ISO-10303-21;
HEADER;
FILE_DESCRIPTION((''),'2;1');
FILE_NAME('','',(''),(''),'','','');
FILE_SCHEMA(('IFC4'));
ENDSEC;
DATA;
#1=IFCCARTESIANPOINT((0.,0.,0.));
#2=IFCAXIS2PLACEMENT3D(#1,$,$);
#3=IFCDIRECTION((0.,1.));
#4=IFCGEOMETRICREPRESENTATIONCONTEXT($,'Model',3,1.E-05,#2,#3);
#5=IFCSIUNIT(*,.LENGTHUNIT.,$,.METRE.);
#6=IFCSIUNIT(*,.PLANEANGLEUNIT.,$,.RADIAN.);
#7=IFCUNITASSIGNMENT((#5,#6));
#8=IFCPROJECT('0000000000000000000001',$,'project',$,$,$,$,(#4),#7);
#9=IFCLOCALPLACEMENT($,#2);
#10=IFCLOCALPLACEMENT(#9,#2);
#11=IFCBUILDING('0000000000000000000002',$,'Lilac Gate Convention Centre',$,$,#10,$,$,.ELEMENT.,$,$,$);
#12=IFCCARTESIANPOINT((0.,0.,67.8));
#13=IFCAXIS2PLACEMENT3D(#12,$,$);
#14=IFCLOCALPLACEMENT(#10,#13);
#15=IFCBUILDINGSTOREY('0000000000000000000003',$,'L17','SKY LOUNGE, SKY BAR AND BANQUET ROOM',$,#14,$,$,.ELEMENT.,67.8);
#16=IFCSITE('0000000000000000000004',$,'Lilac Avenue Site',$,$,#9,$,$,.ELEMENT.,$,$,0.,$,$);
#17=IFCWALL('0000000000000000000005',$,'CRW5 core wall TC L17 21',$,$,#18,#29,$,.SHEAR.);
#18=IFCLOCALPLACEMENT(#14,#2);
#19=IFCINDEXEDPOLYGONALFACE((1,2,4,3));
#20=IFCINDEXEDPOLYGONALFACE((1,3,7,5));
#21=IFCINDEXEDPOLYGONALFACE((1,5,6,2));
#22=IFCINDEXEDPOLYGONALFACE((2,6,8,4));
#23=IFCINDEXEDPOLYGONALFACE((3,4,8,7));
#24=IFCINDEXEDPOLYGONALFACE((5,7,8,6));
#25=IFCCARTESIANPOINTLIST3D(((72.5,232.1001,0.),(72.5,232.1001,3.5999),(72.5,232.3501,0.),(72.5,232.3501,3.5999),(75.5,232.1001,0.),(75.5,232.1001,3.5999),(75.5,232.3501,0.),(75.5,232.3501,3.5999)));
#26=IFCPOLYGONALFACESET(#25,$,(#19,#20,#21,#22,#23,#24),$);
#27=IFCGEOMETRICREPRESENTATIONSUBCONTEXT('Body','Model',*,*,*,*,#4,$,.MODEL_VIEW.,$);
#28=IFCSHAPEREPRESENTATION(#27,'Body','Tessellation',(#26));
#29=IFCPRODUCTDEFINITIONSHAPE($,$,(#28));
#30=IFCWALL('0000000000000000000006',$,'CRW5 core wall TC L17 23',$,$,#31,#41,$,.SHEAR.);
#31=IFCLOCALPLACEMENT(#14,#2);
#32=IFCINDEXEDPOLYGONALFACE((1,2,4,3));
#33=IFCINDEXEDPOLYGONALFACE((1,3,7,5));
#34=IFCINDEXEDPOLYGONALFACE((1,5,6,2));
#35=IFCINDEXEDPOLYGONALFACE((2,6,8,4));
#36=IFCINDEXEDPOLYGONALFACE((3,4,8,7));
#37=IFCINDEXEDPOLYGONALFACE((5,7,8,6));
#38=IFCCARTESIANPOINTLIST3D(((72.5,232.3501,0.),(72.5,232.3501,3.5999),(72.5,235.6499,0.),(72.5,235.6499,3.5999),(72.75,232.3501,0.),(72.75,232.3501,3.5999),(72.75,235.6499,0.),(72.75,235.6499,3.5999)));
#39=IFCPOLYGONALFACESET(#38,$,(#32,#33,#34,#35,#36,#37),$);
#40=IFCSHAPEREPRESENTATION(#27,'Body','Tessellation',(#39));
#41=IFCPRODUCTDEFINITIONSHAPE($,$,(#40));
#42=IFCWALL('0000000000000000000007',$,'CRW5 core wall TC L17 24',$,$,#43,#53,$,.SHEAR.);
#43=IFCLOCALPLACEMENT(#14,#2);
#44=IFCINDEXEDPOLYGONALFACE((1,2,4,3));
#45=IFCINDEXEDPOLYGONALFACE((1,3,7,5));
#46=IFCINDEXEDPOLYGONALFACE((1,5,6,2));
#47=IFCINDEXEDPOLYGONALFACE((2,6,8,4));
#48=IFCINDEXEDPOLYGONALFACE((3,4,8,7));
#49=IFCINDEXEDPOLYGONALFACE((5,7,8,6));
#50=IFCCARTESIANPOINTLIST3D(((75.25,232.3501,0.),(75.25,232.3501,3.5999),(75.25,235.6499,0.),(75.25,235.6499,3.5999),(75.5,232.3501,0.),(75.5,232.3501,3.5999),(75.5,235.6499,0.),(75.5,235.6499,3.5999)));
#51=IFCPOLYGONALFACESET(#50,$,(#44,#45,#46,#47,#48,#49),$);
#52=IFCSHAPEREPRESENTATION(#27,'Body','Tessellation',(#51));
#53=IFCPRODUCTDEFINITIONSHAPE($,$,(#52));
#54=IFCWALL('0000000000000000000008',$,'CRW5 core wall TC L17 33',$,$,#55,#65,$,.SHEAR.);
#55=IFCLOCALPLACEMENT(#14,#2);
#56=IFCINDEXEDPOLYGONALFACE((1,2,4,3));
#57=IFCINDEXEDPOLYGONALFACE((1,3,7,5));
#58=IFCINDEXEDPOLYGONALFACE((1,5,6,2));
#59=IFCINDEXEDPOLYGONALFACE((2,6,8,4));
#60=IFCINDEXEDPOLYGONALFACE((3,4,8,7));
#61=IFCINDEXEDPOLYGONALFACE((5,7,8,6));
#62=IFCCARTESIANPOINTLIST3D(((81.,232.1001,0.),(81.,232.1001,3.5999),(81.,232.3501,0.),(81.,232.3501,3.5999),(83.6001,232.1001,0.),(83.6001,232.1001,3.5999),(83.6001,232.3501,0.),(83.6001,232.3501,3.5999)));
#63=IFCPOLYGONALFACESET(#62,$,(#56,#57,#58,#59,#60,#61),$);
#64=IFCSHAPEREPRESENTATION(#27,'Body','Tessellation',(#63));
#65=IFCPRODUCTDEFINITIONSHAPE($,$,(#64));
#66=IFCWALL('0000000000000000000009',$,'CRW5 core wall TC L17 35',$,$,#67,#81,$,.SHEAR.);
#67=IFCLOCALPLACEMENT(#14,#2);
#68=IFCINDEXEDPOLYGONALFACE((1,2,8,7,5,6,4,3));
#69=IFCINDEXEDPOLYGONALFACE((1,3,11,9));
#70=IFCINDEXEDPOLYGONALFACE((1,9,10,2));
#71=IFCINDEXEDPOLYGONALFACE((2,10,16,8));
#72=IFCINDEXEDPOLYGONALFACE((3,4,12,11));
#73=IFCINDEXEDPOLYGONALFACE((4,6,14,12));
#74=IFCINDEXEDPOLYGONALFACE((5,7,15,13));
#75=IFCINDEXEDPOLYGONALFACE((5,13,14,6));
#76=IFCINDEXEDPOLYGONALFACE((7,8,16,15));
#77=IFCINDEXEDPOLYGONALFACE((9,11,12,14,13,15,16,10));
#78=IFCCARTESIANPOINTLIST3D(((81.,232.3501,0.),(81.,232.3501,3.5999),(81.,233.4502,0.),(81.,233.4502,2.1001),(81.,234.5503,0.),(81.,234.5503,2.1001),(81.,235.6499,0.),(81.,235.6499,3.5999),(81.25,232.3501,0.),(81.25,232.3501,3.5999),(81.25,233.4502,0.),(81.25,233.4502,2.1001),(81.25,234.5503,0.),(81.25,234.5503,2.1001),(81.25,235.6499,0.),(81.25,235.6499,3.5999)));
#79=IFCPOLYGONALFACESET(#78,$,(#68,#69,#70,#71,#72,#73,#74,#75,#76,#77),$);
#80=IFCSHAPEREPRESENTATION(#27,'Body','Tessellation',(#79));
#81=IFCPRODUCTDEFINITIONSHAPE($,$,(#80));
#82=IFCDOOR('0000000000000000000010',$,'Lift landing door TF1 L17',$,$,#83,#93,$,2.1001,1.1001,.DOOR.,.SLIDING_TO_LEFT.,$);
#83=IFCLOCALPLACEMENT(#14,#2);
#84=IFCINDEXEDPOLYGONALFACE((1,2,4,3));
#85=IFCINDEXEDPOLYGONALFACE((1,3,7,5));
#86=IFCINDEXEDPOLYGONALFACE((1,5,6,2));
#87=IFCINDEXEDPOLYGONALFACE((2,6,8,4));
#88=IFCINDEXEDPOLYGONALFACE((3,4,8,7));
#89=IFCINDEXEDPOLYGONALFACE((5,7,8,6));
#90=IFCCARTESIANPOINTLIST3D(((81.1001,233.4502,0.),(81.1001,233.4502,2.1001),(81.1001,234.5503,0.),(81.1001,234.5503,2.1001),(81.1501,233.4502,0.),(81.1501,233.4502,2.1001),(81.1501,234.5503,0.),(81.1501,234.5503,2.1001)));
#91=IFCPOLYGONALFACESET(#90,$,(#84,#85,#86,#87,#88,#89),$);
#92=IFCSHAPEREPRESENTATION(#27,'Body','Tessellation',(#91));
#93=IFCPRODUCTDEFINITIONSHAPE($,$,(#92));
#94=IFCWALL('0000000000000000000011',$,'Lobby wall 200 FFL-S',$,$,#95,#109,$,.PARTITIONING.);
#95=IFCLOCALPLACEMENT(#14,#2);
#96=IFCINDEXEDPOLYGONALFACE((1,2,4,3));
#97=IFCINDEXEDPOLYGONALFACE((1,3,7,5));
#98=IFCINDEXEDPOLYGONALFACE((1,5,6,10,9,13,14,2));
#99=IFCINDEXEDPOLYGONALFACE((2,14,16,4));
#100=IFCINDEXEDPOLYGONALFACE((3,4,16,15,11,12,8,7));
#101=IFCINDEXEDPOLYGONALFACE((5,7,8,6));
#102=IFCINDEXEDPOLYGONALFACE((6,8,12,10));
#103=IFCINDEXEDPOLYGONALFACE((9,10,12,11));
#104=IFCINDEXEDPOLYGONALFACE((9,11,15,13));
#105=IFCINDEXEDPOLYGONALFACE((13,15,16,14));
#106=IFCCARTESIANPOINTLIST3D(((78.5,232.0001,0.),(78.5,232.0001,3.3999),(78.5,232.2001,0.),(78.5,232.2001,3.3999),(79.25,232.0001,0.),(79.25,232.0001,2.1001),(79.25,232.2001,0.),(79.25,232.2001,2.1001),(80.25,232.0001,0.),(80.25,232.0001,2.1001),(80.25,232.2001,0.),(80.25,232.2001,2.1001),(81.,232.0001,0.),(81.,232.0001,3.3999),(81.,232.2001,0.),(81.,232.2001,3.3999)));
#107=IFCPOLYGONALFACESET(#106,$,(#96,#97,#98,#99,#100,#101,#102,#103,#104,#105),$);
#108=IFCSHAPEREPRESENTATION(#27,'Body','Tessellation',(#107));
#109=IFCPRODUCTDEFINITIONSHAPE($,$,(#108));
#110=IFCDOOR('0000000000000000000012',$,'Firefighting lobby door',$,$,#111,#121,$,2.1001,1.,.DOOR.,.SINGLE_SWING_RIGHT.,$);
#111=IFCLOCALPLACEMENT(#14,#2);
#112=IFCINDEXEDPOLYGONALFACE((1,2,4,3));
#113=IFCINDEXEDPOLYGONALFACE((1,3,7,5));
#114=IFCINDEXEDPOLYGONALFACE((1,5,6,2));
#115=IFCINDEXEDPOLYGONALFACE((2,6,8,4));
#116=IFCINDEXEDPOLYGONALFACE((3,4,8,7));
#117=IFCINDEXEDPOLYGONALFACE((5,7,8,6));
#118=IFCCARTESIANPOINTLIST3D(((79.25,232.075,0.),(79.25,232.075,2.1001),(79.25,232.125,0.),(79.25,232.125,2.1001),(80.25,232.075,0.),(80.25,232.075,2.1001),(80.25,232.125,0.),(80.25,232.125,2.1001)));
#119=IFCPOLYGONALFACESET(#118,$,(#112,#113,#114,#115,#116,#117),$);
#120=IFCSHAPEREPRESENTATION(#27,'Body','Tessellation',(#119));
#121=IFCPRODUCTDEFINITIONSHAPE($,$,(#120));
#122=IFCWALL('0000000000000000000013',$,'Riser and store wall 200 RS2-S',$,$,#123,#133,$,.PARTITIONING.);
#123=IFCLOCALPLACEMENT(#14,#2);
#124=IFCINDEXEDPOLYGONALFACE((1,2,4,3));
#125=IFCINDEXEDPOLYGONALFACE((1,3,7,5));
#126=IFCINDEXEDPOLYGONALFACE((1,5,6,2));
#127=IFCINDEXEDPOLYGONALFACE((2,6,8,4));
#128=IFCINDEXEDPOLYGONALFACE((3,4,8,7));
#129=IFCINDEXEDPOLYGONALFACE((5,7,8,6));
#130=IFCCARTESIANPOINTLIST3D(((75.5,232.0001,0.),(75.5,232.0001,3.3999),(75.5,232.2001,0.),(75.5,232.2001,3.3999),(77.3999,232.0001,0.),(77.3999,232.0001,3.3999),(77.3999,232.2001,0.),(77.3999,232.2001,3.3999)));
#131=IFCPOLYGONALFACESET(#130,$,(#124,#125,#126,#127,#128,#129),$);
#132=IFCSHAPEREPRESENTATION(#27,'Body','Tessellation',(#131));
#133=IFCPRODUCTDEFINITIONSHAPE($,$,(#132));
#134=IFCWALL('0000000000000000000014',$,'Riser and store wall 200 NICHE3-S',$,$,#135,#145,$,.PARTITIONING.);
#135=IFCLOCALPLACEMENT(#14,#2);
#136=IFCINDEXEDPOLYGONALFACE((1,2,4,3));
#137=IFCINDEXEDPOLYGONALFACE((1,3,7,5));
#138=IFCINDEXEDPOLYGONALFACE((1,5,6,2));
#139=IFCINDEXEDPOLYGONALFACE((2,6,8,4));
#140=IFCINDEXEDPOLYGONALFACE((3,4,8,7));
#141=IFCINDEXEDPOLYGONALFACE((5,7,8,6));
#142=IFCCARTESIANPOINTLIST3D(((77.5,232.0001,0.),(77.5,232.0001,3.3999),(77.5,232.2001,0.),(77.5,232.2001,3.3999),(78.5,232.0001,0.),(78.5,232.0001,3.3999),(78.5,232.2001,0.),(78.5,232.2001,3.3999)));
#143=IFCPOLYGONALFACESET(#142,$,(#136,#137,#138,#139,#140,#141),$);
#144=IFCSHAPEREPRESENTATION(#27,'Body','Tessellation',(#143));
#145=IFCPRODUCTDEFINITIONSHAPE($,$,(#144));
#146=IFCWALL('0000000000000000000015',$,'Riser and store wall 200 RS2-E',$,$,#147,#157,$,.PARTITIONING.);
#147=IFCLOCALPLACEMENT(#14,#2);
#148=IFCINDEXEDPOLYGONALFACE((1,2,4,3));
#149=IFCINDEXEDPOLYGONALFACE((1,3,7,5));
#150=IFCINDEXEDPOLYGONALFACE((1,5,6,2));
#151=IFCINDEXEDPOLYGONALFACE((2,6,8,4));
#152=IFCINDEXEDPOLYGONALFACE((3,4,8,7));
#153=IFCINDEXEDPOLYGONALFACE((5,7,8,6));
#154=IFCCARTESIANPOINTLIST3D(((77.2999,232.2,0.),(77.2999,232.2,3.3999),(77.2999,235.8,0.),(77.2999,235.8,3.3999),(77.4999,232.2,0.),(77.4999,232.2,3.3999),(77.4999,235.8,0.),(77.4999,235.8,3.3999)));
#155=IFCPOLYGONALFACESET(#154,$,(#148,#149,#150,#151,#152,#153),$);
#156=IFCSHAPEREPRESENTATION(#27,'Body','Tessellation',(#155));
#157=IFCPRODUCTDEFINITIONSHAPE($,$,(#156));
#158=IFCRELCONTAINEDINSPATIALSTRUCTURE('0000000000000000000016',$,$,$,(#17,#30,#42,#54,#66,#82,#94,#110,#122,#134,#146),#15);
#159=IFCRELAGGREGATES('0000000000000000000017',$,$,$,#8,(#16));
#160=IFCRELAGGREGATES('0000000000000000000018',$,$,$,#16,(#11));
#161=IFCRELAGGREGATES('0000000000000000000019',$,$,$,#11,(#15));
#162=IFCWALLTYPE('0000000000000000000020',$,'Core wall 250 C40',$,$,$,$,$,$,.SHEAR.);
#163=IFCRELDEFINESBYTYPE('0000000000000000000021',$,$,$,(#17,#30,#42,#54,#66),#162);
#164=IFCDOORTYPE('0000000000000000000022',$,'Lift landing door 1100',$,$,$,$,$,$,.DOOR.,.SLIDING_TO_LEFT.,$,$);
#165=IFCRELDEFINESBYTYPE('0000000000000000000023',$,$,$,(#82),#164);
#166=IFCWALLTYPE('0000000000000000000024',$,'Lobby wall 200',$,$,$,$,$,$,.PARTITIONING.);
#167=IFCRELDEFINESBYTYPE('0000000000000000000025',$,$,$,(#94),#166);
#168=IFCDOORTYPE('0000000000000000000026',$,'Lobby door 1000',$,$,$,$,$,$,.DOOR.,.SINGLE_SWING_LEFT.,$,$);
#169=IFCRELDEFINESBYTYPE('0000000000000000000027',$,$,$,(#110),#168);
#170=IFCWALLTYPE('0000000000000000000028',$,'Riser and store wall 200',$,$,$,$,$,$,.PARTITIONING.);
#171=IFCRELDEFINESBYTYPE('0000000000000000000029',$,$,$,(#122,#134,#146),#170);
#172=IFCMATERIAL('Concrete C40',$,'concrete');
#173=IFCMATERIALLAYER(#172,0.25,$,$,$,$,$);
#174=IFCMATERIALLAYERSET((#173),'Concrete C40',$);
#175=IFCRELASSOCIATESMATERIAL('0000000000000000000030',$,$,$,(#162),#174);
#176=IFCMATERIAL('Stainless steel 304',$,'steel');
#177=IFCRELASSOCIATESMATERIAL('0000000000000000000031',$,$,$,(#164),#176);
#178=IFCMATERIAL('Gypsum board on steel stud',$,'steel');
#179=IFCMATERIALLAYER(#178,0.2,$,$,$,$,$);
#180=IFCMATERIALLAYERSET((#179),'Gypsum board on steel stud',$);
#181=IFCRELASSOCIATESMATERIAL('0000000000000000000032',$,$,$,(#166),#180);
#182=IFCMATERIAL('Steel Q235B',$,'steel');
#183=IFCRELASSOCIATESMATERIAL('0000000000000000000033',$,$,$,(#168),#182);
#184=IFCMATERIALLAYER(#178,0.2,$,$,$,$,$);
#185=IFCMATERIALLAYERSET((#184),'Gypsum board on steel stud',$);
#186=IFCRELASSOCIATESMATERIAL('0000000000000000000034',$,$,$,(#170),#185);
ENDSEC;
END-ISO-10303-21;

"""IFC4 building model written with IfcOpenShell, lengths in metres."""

from ifc_helpers import new_model, si_unit, direction, frame, frame_2d, origin, place, context, subcontext, project, spatial, rectangle, extrude, material, layer, layer_set, type_object, element, fill, save


model = new_model("IFC4")

# Units and contexts
model_context = context("Model", 3, precision=1e-05, world=origin(), true_north=direction((0.0, 1.0)))
body_context = subcontext(model_context, "Body", "Model", "MODEL_VIEW")
ifc_project = project(units=[si_unit("LENGTHUNIT", "METRE"), si_unit("PLANEANGLEUNIT", "RADIAN")], contexts=[model_context])

# Site, building, storey
site_placement = place(None, origin())
site = spatial("IfcSite", under=ifc_project, at=site_placement, Name="Lilac Avenue Site", CompositionType="ELEMENT", RefElevation=0.0)
building_placement = place(site_placement, origin())
building = spatial("IfcBuilding", under=site, at=building_placement, Name="Lilac Gate Convention Centre", CompositionType="ELEMENT")
storey_placement = place(building_placement, frame((0.0, 0.0, 67.8)))
storey = spatial("IfcBuildingStorey", under=building, at=storey_placement, Name="L17", Description="SKY LOUNGE, SKY BAR AND BANQUET ROOM", CompositionType="ELEMENT", Elevation=67.8)

# Shared definitions
ifc_material_1 = material(Name="Concrete C40", Category="concrete")

# Walls
ifc_layer_1 = layer(ifc_material_1, 0.25)
ifc_layer_set_1 = layer_set([ifc_layer_1], Name="Concrete C40")
wall_type_1 = type_object("IfcWallType", Name="Core wall 250 C40", PredefinedType="SHEAR", material=ifc_layer_set_1)
wall_1_placement = place(storey_placement, frame((72.5, 232.2251, 0.0), z_axis=(0.0, 0.0, 1.0), x_axis=(1.0, 0.0, 0.0)))
element("IfcWall", 1, at=wall_1_placement, inside=storey, type_object=wall_type_1, Name="CRW5 core wall TC L17 21", PredefinedType="SHEAR", context=body_context, shape_type="SweptSolid", body=[
    extrude(rectangle(XDim=3.0, YDim=0.25, at=frame_2d((1.5, 0.0))), origin(), (0.0, 0.0, 1.0), 3.5999),
])
for number, where, z_axis, x_axis, name in (
    (2, (72.625, 232.3501, 0.0), (0.0, 0.0, 1.0), (0.0, 1.0, 0.0), "CRW5 core wall TC L17 23"),
    (3, (75.375, 232.3501, 0.0), (0.0, 0.0, 1.0), (0.0, 1.0, 0.0), "CRW5 core wall TC L17 24"),
):
    element("IfcWall", number, at=place(storey_placement, frame(where, z_axis=z_axis, x_axis=x_axis)), inside=storey, type_object=wall_type_1, Name=name, PredefinedType="SHEAR", context=body_context, shape_type="SweptSolid", body=[
        extrude(rectangle(XDim=3.2998, YDim=0.25, at=frame_2d((1.6499, 0.0))), origin(), (0.0, 0.0, 1.0), 3.5999),
    ])
wall_2_placement = place(storey_placement, frame((81.0, 232.2251, 0.0), z_axis=(0.0, 0.0, 1.0), x_axis=(1.0, 0.0, 0.0)))
element("IfcWall", 4, at=wall_2_placement, inside=storey, type_object=wall_type_1, Name="CRW5 core wall TC L17 33", PredefinedType="SHEAR", context=body_context, shape_type="SweptSolid", body=[
    extrude(rectangle(XDim=2.6001, YDim=0.25, at=frame_2d((1.3, 0.0))), origin(), (0.0, 0.0, 1.0), 3.5999),
])

# Walls, openings, doors
wall_3_placement = place(storey_placement, frame((81.125, 232.3501, 0.0), z_axis=(0.0, 0.0, 1.0), x_axis=(0.0, 1.0, 0.0)))
wall_3 = element("IfcWall", 5, at=wall_3_placement, inside=storey, type_object=wall_type_1, Name="CRW5 core wall TC L17 35", PredefinedType="SHEAR", context=body_context, shape_type="SweptSolid", body=[
    extrude(rectangle(XDim=3.2998, YDim=0.25, at=frame_2d((1.6499, 0.0))), origin(), (0.0, 0.0, 1.0), 3.5999),
])
opening_1_placement = place(wall_3_placement, frame((1.1001, 0.0, 0.0)))
opening_1 = element("IfcOpeningElement", 6, at=opening_1_placement, cuts=wall_3, PredefinedType="OPENING", context=body_context, shape_type="SweptSolid", body=[
    extrude(rectangle(XDim=1.1001, YDim=2.1001, at=frame_2d((0.55, 1.05))), frame((0.0, 0.135, 0.0), z_axis=(0.0, -1.0, 0.0), x_axis=(1.0, 0.0, 0.0)), (0.0, 0.0, 1.0), 0.27),
])
ifc_material_2 = material(Name="Stainless steel 304", Category="steel")
door_type_1 = type_object("IfcDoorType", Name="Lift landing door 1100", OperationType="SLIDING_TO_LEFT", PredefinedType="DOOR", material=ifc_material_2)
door_1_placement = place(opening_1_placement, origin())
door_1 = element("IfcDoor", 7, at=door_1_placement, inside=storey, type_object=door_type_1, Name="Lift landing door TF1 L17", OperationType="SLIDING_TO_LEFT", OverallHeight=2.1001, OverallWidth=1.1001, PredefinedType="DOOR", context=body_context, shape_type="SweptSolid", body=[
    extrude(rectangle(XDim=1.1001, YDim=2.1001, at=frame_2d((0.55, 1.05))), frame((0.0, 0.0249, 0.0), z_axis=(0.0, -1.0, 0.0), x_axis=(1.0, 0.0, 0.0)), (0.0, 0.0, 1.0), 0.05),
])
fill(opening_1, door_1)
ifc_material_3 = material(Name="Gypsum board on steel stud", Category="steel")
ifc_layer_2 = layer(ifc_material_3, 0.2)
ifc_layer_set_2 = layer_set([ifc_layer_2], Name="Gypsum board on steel stud")
wall_type_2 = type_object("IfcWallType", Name="Lobby wall 200", PredefinedType="PARTITIONING", material=ifc_layer_set_2)
wall_4_placement = place(storey_placement, frame((78.5, 232.1001, 0.0), z_axis=(0.0, 0.0, 1.0), x_axis=(1.0, 0.0, 0.0)))
wall_4 = element("IfcWall", 8, at=wall_4_placement, inside=storey, type_object=wall_type_2, Name="Lobby wall 200 FFL-S", PredefinedType="PARTITIONING", context=body_context, shape_type="SweptSolid", body=[
    extrude(rectangle(XDim=2.5, YDim=0.2, at=frame_2d((1.25, 0.0))), origin(), (0.0, 0.0, 1.0), 3.3999),
])
opening_2_placement = place(wall_4_placement, frame((0.75, 0.0, 0.0)))
opening_2 = element("IfcOpeningElement", 9, at=opening_2_placement, cuts=wall_4, PredefinedType="OPENING", context=body_context, shape_type="SweptSolid", body=[
    extrude(rectangle(XDim=1.0, YDim=2.1001, at=frame_2d((0.5, 1.05))), frame((0.0, 0.1099, 0.0), z_axis=(0.0, -1.0, 0.0), x_axis=(1.0, 0.0, 0.0)), (0.0, 0.0, 1.0), 0.22),
])
ifc_material_4 = material(Name="Steel Q235B", Category="steel")
door_type_2 = type_object("IfcDoorType", Name="Lobby door 1000", OperationType="SINGLE_SWING_LEFT", PredefinedType="DOOR", material=ifc_material_4)
door_2_placement = place(opening_2_placement, origin())
door_2 = element("IfcDoor", 10, at=door_2_placement, inside=storey, type_object=door_type_2, Name="Firefighting lobby door", OperationType="SINGLE_SWING_RIGHT", OverallHeight=2.1001, OverallWidth=1.0, PredefinedType="DOOR", context=body_context, shape_type="SweptSolid", body=[
    extrude(rectangle(XDim=1.0, YDim=2.1001, at=frame_2d((0.5, 1.05))), frame((0.0, 0.0249, 0.0), z_axis=(0.0, -1.0, 0.0), x_axis=(1.0, 0.0, 0.0)), (0.0, 0.0, 1.0), 0.05),
])
fill(opening_2, door_2)

# Walls
ifc_layer_3 = layer(ifc_material_3, 0.2)
ifc_layer_set_3 = layer_set([ifc_layer_3], Name="Gypsum board on steel stud")
wall_type_3 = type_object("IfcWallType", Name="Riser and store wall 200", PredefinedType="PARTITIONING", material=ifc_layer_set_3)
wall_5_placement = place(storey_placement, frame((75.5, 232.1001, 0.0), z_axis=(0.0, 0.0, 1.0), x_axis=(1.0, 0.0, 0.0)))
element("IfcWall", 11, at=wall_5_placement, inside=storey, type_object=wall_type_3, Name="Riser and store wall 200 RS2-S", PredefinedType="PARTITIONING", context=body_context, shape_type="SweptSolid", body=[
    extrude(rectangle(XDim=1.8999, YDim=0.2, at=frame_2d((0.95, 0.0))), origin(), (0.0, 0.0, 1.0), 3.3999),
])
wall_6_placement = place(storey_placement, frame((77.5, 232.1001, 0.0), z_axis=(0.0, 0.0, 1.0), x_axis=(1.0, 0.0, 0.0)))
element("IfcWall", 12, at=wall_6_placement, inside=storey, type_object=wall_type_3, Name="Riser and store wall 200 NICHE3-S", PredefinedType="PARTITIONING", context=body_context, shape_type="SweptSolid", body=[
    extrude(rectangle(XDim=1.0, YDim=0.2, at=frame_2d((0.5, 0.0))), origin(), (0.0, 0.0, 1.0), 3.3999),
])
wall_7_placement = place(storey_placement, frame((77.3999, 232.2, 0.0), z_axis=(0.0, 0.0, 1.0), x_axis=(0.0, 1.0, 0.0)))
element("IfcWall", 13, at=wall_7_placement, inside=storey, type_object=wall_type_3, Name="Riser and store wall 200 RS2-E", PredefinedType="PARTITIONING", context=body_context, shape_type="SweptSolid", body=[
    extrude(rectangle(XDim=3.6001, YDim=0.2, at=frame_2d((1.8, 0.0))), origin(), (0.0, 0.0, 1.0), 3.3999),
])

save(model, "model.ifc")
